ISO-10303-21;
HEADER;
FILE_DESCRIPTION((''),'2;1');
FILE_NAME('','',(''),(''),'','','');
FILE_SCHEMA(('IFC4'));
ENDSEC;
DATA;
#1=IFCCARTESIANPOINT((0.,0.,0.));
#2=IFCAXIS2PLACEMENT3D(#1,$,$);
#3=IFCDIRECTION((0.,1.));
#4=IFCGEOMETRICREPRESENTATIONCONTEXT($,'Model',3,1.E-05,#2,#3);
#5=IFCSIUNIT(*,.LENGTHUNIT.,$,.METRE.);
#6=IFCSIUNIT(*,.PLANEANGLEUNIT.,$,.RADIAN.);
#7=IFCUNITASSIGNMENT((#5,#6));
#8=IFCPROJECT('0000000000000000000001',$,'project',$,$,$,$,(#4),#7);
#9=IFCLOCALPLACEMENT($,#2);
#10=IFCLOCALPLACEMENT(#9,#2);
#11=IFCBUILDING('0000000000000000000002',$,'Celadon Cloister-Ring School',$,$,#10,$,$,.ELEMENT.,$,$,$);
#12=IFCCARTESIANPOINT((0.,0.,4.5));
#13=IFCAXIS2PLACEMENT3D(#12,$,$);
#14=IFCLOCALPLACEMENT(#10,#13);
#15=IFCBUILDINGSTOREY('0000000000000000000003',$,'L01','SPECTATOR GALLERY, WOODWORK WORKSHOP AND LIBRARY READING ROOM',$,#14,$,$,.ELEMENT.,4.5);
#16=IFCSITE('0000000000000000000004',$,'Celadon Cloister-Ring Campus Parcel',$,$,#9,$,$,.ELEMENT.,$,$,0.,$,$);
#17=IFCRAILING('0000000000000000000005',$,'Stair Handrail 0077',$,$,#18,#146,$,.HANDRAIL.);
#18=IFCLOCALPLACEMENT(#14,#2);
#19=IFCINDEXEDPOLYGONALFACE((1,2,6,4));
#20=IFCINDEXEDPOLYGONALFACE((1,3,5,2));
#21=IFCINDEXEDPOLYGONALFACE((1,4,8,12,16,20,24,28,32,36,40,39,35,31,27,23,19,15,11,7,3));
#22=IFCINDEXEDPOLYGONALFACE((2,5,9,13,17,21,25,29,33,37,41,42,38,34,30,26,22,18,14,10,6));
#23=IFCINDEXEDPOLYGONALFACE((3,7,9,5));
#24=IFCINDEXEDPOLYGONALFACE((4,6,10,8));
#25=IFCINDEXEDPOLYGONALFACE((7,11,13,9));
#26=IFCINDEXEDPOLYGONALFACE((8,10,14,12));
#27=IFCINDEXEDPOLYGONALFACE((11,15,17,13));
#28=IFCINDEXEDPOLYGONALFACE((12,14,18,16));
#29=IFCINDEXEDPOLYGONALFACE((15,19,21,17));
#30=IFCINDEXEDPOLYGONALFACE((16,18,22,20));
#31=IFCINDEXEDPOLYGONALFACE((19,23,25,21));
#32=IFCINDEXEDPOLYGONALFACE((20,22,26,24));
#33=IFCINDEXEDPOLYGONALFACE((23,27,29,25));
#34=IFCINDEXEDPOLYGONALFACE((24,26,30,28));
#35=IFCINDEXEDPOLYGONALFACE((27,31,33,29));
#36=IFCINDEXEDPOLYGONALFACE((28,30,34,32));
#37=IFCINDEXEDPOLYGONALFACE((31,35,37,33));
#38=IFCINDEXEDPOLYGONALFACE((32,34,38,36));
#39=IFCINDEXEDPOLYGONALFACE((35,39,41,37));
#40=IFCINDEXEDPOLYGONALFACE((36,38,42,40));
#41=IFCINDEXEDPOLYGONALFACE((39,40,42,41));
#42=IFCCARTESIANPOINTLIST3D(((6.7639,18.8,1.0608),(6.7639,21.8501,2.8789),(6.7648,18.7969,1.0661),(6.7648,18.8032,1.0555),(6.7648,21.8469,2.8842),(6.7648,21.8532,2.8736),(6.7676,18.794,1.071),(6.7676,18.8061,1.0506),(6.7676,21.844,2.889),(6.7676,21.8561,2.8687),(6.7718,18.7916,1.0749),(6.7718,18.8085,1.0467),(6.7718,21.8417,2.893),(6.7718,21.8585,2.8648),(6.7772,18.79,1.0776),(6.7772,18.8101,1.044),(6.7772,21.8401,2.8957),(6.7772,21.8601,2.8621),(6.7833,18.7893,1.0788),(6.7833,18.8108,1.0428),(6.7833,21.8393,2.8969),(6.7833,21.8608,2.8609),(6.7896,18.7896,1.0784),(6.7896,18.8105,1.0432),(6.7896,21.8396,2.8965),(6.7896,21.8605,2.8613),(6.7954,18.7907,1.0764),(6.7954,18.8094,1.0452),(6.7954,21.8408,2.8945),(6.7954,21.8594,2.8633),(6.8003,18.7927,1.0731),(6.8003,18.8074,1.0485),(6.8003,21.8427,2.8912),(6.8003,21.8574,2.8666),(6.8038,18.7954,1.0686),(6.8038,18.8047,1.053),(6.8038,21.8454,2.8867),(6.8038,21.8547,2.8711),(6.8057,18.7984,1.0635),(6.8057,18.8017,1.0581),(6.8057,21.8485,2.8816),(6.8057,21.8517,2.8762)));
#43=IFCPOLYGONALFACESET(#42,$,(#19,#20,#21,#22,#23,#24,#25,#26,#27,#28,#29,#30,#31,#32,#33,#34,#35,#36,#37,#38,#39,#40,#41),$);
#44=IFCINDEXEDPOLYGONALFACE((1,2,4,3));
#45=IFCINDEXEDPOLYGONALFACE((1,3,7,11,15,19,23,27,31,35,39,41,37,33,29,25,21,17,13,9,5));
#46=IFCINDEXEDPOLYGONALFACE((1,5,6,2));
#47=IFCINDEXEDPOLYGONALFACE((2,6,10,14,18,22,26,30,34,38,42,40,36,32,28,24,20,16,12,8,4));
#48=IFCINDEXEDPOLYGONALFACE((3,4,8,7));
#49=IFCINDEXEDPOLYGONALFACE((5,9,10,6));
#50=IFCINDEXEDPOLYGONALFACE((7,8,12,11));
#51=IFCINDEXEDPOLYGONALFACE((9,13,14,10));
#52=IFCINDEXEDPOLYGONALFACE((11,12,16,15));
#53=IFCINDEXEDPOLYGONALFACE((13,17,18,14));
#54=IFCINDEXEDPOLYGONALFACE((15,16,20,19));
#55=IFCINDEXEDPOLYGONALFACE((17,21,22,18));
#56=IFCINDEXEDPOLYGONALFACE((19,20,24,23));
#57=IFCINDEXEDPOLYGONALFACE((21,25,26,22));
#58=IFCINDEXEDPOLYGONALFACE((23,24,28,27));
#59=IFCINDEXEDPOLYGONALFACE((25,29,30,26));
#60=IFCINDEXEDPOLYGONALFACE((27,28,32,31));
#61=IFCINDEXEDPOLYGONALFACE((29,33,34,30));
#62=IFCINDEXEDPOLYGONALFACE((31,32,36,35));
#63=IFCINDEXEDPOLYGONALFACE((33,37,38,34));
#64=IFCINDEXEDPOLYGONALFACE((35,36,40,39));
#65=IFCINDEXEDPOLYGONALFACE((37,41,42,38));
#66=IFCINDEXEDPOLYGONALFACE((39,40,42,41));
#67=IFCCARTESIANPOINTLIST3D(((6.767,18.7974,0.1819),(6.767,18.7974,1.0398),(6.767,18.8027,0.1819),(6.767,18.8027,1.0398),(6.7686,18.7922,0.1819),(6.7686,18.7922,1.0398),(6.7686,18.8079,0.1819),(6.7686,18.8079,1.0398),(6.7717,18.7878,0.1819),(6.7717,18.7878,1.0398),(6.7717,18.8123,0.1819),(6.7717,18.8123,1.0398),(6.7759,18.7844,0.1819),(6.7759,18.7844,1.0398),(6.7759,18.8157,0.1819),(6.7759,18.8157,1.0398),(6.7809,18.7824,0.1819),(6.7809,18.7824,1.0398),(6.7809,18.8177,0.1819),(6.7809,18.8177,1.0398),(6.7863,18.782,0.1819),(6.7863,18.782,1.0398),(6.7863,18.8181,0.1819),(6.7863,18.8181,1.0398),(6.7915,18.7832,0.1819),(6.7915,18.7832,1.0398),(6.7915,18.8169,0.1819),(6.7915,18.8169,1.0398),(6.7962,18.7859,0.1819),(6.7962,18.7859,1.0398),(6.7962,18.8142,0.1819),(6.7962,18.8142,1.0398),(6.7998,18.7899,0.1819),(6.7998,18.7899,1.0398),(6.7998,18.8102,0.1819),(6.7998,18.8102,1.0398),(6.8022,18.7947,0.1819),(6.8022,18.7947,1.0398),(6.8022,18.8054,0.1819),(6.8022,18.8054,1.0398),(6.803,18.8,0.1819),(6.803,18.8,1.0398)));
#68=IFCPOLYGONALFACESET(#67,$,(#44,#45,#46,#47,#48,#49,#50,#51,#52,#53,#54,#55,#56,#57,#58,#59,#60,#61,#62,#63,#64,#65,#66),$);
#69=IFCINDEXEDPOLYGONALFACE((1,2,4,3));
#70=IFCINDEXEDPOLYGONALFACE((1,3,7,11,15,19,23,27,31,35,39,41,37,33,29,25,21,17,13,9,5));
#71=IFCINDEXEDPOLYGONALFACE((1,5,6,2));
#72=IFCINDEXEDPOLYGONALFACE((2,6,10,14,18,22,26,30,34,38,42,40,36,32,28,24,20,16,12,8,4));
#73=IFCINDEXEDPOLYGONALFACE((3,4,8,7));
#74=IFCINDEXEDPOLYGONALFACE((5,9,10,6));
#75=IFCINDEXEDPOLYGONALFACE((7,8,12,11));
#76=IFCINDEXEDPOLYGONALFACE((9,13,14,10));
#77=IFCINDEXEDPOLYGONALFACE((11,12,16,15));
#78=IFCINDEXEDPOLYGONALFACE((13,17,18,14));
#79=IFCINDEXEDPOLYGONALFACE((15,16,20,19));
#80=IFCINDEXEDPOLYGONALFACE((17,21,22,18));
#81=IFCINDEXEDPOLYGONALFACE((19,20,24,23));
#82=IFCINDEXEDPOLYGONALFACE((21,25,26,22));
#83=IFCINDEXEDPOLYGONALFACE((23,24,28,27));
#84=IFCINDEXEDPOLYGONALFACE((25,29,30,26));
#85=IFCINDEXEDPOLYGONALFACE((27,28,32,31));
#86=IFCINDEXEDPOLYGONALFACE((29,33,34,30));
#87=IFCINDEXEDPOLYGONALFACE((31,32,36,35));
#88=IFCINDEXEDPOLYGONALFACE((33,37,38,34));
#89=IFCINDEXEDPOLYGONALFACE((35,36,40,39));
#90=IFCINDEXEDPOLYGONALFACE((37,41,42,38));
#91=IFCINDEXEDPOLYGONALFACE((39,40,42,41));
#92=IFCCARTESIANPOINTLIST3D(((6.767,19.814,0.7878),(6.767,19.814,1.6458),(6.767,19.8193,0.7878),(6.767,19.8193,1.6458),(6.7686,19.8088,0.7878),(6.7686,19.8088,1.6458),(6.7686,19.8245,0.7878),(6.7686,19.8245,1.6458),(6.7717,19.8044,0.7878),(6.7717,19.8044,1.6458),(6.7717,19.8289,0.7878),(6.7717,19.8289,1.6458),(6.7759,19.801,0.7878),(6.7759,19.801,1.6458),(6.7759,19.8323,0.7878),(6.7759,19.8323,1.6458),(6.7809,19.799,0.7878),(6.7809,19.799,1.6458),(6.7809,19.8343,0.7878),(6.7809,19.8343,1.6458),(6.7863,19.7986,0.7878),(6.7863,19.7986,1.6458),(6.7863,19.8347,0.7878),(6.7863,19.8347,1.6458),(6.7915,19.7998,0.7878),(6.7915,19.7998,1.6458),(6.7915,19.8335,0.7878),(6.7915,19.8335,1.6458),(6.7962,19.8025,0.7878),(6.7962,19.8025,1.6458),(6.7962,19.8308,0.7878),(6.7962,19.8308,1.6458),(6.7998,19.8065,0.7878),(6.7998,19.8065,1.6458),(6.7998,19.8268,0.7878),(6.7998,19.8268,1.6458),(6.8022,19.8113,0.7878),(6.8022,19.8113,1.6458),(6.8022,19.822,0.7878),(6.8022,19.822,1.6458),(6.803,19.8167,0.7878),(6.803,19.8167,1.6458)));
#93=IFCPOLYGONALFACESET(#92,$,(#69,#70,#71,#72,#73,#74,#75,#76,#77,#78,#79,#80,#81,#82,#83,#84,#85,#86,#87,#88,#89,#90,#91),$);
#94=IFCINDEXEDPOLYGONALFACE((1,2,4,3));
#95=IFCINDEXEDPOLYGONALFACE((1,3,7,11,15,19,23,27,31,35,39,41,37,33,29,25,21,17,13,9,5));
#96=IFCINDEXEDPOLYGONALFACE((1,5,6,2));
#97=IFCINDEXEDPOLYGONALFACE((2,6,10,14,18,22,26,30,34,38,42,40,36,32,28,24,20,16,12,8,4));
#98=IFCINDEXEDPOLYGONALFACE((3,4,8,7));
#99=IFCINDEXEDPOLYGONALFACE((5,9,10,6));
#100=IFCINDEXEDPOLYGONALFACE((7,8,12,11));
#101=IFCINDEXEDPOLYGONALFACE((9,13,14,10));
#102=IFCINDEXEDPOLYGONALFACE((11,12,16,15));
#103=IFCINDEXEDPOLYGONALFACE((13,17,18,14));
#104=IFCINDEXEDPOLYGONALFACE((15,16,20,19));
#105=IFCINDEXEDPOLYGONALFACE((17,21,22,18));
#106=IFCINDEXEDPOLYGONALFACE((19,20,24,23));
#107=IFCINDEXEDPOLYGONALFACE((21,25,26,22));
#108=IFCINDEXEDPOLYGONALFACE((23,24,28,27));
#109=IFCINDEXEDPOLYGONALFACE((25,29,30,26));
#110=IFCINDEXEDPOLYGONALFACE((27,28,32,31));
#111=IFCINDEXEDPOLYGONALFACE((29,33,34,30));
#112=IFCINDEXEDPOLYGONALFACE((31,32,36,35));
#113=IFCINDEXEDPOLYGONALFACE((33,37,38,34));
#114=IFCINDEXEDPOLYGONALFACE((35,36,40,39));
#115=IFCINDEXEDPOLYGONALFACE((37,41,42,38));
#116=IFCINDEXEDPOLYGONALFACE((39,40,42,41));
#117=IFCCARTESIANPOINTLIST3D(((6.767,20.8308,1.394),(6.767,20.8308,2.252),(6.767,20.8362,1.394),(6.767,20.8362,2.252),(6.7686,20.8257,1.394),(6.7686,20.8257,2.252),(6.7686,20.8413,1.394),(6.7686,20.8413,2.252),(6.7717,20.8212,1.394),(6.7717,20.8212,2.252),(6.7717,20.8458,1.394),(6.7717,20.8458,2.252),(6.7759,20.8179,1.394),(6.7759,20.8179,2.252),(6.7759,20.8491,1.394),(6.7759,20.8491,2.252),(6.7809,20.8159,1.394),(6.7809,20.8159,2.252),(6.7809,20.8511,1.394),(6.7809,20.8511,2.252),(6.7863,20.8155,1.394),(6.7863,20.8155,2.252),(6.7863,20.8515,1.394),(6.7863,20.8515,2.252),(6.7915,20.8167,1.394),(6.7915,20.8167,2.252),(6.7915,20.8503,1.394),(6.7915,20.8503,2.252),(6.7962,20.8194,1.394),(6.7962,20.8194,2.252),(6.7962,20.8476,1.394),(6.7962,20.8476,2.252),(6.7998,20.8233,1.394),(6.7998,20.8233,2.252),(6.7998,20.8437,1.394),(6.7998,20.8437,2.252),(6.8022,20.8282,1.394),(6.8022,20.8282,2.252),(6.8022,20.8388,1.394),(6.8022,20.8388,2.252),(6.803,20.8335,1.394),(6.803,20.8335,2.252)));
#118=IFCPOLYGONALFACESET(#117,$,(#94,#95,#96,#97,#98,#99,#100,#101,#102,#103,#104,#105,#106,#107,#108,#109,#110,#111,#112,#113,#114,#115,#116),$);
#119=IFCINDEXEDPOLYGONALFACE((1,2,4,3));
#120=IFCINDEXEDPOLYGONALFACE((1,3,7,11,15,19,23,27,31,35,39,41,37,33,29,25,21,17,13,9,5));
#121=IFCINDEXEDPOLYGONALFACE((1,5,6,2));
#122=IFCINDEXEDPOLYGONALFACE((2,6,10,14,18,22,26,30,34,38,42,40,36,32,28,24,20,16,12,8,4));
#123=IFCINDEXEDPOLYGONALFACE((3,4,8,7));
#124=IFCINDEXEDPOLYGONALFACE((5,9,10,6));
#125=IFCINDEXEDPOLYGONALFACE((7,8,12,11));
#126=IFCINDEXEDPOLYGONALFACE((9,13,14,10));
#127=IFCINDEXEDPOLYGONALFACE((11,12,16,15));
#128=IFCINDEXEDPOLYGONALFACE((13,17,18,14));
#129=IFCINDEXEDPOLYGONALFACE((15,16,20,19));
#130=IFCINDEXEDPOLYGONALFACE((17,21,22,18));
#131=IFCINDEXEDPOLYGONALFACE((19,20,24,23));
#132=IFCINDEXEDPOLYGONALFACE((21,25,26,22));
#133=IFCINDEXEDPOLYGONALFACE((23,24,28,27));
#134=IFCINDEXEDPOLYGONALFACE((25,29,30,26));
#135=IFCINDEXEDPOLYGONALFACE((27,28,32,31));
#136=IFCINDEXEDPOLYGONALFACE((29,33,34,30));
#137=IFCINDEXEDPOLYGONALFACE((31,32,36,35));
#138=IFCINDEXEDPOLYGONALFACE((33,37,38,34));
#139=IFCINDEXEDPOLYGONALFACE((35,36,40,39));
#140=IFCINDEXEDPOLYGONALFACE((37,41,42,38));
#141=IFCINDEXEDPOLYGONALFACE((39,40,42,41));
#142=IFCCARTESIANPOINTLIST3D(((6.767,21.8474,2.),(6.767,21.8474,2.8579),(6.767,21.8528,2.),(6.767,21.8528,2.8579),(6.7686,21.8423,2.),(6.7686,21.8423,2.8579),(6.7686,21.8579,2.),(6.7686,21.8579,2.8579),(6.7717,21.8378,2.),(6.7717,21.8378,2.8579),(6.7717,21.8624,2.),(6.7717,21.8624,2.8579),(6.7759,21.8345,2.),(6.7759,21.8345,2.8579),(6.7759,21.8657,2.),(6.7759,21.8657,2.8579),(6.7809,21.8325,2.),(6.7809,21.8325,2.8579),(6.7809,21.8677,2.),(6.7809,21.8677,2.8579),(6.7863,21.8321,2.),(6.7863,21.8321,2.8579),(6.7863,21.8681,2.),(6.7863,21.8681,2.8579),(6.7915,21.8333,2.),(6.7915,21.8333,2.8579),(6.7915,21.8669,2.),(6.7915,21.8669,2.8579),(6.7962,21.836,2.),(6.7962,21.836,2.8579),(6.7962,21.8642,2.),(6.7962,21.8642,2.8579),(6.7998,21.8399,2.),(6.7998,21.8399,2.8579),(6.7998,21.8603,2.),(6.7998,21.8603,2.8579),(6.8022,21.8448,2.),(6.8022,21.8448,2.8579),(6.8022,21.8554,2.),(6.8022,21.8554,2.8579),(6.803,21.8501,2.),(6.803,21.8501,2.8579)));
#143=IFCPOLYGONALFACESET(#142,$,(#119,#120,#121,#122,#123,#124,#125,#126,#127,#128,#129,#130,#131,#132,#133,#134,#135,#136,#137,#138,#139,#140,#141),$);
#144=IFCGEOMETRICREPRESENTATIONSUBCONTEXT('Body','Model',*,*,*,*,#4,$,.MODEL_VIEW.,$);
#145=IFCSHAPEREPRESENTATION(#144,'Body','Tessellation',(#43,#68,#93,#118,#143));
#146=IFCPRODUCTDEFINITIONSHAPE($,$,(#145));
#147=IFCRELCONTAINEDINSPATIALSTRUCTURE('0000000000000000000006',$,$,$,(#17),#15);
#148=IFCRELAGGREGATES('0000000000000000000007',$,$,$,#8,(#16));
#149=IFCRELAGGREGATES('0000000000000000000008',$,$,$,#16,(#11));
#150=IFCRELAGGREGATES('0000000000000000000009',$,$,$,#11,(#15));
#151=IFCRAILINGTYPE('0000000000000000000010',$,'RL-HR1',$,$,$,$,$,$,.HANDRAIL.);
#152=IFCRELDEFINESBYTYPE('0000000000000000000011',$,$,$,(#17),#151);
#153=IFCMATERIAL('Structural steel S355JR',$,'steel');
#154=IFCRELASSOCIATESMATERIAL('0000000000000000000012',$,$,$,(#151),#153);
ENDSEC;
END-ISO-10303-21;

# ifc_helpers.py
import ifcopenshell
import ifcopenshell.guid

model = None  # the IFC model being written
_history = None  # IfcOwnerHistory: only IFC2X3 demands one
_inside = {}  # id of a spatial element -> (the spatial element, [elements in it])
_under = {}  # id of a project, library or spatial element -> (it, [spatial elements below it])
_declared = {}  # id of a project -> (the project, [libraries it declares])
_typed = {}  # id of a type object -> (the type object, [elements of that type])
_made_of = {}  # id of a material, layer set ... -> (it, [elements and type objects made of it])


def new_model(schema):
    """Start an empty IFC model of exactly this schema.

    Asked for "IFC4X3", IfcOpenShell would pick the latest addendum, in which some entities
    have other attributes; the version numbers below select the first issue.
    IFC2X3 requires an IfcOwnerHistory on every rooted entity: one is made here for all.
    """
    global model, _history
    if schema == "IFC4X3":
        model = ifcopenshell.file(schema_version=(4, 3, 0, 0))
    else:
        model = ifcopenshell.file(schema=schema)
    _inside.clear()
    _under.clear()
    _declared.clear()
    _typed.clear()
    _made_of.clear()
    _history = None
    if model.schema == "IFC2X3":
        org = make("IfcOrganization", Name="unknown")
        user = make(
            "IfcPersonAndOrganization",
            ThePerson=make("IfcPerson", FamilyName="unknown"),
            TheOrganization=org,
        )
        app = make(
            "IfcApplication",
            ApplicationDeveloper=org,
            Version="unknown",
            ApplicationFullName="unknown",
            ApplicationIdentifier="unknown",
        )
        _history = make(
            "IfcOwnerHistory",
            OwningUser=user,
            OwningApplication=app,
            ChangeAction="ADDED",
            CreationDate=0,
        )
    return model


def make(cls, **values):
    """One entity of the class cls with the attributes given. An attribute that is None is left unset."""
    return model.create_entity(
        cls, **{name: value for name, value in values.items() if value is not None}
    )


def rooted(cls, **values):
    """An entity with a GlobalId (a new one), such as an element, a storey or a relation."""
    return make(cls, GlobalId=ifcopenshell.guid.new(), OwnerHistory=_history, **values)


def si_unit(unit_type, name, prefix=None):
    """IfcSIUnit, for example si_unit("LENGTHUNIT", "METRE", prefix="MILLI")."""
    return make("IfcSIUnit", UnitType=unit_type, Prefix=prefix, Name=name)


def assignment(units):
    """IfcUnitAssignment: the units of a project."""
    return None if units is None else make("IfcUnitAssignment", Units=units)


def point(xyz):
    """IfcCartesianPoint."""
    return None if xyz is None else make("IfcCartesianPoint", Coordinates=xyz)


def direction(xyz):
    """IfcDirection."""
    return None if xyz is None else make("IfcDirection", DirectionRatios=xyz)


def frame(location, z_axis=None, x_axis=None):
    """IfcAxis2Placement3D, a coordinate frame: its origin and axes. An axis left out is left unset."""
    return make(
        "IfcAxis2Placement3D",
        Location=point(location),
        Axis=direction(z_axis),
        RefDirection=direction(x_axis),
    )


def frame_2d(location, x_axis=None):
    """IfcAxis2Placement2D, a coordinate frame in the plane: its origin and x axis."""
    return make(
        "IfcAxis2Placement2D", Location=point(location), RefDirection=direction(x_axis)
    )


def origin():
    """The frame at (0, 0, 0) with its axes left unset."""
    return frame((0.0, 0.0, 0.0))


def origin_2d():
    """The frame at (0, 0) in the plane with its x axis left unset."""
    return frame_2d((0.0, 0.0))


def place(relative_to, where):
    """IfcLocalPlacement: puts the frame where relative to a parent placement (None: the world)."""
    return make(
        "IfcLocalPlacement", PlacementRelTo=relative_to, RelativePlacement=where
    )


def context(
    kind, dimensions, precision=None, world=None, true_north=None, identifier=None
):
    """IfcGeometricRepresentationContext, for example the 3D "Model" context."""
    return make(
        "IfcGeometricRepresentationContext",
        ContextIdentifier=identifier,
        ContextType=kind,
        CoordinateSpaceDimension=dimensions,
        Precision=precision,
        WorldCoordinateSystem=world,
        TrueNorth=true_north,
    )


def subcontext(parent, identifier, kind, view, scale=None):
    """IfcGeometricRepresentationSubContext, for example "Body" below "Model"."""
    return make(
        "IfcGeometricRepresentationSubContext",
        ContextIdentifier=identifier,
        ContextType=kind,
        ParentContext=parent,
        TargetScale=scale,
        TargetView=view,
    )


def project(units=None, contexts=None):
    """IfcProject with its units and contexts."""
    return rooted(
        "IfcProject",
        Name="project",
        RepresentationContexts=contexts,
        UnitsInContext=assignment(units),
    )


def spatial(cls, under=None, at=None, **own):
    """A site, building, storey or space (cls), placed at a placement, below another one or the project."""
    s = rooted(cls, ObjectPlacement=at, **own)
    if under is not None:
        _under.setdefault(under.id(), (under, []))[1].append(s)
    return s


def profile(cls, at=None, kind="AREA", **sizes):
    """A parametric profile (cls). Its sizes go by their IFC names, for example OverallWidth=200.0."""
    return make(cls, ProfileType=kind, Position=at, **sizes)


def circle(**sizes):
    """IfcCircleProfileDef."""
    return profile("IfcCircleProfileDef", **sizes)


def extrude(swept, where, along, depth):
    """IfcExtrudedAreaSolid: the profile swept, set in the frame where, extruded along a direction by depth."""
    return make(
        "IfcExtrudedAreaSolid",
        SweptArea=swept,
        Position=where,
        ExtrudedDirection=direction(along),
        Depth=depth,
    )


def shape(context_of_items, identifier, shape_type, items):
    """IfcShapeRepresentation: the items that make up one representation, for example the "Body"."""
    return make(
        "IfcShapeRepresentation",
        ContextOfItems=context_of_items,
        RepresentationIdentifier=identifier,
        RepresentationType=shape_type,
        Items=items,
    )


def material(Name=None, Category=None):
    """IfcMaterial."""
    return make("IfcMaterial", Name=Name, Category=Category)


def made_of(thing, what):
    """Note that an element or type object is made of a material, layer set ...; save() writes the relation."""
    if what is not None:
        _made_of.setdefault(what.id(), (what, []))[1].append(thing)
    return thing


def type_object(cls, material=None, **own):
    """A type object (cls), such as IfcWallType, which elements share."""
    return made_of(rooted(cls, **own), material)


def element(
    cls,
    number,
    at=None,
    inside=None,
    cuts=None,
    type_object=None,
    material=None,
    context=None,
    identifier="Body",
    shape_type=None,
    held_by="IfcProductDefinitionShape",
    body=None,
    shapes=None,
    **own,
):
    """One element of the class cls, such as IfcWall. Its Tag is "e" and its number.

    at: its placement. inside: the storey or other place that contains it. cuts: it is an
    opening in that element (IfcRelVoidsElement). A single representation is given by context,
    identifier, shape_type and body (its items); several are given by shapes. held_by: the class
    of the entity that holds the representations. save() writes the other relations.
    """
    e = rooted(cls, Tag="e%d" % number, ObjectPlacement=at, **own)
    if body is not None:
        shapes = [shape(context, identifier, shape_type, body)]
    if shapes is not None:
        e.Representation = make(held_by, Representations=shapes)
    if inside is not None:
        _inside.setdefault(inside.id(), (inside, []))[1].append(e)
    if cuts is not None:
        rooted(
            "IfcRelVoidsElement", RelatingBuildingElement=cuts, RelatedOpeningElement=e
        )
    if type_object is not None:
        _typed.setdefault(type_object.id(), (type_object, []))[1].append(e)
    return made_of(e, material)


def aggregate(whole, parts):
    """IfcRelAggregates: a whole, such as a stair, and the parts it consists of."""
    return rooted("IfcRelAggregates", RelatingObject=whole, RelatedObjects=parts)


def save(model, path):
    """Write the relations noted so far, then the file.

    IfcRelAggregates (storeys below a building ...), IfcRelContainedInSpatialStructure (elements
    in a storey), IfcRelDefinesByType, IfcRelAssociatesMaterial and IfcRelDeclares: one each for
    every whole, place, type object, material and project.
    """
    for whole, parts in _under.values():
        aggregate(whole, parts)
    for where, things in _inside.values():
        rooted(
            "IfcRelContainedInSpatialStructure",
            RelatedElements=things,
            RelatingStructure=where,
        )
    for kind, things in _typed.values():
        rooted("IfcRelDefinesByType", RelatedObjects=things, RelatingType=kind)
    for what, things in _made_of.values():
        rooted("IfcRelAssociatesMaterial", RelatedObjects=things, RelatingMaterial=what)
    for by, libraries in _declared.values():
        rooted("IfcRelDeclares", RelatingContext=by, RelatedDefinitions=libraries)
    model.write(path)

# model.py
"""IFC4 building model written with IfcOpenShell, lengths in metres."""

from ifc_helpers import new_model, si_unit, direction, frame, origin, origin_2d, place, context, subcontext, project, spatial, circle, extrude, material, type_object, element, save


model = new_model("IFC4")

# Units and contexts
model_context = context("Model", 3, precision=1e-05, world=origin(), true_north=direction((0.0, 1.0)))
body_context = subcontext(model_context, "Body", "Model", "MODEL_VIEW")
ifc_project = project(units=[si_unit("LENGTHUNIT", "METRE"), si_unit("PLANEANGLEUNIT", "RADIAN")], contexts=[model_context])

# Site, building, storey
site_placement = place(None, origin())
site = spatial("IfcSite", under=ifc_project, at=site_placement, Name="Celadon Cloister-Ring Campus Parcel", CompositionType="ELEMENT", RefElevation=0.0)
building_placement = place(site_placement, origin())
building = spatial("IfcBuilding", under=site, at=building_placement, Name="Celadon Cloister-Ring School", CompositionType="ELEMENT")
storey_placement = place(building_placement, frame((0.0, 0.0, 4.5)))
storey = spatial("IfcBuildingStorey", under=building, at=storey_placement, Name="L01", Description="SPECTATOR GALLERY, WOODWORK WORKSHOP AND LIBRARY READING ROOM", CompositionType="ELEMENT", Elevation=4.5)

# Railing
ifc_material_1 = material(Name="Structural steel S355JR", Category="steel")
railing_type_1 = type_object("IfcRailingType", Name="RL-HR1", PredefinedType="HANDRAIL", material=ifc_material_1)
for number, where, name in (
    (1, (6.7849, 18.8, 0.1819), "Stair Handrail 0077"),
):
    element("IfcRailing", number, at=place(storey_placement, frame(where)), inside=storey, type_object=railing_type_1, Name=name, PredefinedType="HANDRAIL", context=body_context, shape_type="SweptSolid", body=[
        extrude(circle(Radius=0.021, at=origin_2d()), frame((0.0, 0.0, 0.8789), z_axis=(0.0, 0.85897, 0.512026), x_axis=(-1.0, 0.0, 0.0)), (0.0, 0.0, 1.0), 3.5508),
        extrude(circle(Radius=0.0181, at=origin_2d()), origin(), (0.0, 0.0, 1.0), 0.8579),
        extrude(circle(Radius=0.0181, at=origin_2d()), frame((0.0, 1.0166, 0.606)), (0.0, 0.0, 1.0), 0.8579),
        extrude(circle(Radius=0.0181, at=origin_2d()), frame((0.0, 2.0334, 1.2122)), (0.0, 0.0, 1.0), 0.8579),
        extrude(circle(Radius=0.0181, at=origin_2d()), frame((0.0, 3.05, 1.8181)), (0.0, 0.0, 1.0), 0.8579),
    ])

save(model, "model.ifc")
